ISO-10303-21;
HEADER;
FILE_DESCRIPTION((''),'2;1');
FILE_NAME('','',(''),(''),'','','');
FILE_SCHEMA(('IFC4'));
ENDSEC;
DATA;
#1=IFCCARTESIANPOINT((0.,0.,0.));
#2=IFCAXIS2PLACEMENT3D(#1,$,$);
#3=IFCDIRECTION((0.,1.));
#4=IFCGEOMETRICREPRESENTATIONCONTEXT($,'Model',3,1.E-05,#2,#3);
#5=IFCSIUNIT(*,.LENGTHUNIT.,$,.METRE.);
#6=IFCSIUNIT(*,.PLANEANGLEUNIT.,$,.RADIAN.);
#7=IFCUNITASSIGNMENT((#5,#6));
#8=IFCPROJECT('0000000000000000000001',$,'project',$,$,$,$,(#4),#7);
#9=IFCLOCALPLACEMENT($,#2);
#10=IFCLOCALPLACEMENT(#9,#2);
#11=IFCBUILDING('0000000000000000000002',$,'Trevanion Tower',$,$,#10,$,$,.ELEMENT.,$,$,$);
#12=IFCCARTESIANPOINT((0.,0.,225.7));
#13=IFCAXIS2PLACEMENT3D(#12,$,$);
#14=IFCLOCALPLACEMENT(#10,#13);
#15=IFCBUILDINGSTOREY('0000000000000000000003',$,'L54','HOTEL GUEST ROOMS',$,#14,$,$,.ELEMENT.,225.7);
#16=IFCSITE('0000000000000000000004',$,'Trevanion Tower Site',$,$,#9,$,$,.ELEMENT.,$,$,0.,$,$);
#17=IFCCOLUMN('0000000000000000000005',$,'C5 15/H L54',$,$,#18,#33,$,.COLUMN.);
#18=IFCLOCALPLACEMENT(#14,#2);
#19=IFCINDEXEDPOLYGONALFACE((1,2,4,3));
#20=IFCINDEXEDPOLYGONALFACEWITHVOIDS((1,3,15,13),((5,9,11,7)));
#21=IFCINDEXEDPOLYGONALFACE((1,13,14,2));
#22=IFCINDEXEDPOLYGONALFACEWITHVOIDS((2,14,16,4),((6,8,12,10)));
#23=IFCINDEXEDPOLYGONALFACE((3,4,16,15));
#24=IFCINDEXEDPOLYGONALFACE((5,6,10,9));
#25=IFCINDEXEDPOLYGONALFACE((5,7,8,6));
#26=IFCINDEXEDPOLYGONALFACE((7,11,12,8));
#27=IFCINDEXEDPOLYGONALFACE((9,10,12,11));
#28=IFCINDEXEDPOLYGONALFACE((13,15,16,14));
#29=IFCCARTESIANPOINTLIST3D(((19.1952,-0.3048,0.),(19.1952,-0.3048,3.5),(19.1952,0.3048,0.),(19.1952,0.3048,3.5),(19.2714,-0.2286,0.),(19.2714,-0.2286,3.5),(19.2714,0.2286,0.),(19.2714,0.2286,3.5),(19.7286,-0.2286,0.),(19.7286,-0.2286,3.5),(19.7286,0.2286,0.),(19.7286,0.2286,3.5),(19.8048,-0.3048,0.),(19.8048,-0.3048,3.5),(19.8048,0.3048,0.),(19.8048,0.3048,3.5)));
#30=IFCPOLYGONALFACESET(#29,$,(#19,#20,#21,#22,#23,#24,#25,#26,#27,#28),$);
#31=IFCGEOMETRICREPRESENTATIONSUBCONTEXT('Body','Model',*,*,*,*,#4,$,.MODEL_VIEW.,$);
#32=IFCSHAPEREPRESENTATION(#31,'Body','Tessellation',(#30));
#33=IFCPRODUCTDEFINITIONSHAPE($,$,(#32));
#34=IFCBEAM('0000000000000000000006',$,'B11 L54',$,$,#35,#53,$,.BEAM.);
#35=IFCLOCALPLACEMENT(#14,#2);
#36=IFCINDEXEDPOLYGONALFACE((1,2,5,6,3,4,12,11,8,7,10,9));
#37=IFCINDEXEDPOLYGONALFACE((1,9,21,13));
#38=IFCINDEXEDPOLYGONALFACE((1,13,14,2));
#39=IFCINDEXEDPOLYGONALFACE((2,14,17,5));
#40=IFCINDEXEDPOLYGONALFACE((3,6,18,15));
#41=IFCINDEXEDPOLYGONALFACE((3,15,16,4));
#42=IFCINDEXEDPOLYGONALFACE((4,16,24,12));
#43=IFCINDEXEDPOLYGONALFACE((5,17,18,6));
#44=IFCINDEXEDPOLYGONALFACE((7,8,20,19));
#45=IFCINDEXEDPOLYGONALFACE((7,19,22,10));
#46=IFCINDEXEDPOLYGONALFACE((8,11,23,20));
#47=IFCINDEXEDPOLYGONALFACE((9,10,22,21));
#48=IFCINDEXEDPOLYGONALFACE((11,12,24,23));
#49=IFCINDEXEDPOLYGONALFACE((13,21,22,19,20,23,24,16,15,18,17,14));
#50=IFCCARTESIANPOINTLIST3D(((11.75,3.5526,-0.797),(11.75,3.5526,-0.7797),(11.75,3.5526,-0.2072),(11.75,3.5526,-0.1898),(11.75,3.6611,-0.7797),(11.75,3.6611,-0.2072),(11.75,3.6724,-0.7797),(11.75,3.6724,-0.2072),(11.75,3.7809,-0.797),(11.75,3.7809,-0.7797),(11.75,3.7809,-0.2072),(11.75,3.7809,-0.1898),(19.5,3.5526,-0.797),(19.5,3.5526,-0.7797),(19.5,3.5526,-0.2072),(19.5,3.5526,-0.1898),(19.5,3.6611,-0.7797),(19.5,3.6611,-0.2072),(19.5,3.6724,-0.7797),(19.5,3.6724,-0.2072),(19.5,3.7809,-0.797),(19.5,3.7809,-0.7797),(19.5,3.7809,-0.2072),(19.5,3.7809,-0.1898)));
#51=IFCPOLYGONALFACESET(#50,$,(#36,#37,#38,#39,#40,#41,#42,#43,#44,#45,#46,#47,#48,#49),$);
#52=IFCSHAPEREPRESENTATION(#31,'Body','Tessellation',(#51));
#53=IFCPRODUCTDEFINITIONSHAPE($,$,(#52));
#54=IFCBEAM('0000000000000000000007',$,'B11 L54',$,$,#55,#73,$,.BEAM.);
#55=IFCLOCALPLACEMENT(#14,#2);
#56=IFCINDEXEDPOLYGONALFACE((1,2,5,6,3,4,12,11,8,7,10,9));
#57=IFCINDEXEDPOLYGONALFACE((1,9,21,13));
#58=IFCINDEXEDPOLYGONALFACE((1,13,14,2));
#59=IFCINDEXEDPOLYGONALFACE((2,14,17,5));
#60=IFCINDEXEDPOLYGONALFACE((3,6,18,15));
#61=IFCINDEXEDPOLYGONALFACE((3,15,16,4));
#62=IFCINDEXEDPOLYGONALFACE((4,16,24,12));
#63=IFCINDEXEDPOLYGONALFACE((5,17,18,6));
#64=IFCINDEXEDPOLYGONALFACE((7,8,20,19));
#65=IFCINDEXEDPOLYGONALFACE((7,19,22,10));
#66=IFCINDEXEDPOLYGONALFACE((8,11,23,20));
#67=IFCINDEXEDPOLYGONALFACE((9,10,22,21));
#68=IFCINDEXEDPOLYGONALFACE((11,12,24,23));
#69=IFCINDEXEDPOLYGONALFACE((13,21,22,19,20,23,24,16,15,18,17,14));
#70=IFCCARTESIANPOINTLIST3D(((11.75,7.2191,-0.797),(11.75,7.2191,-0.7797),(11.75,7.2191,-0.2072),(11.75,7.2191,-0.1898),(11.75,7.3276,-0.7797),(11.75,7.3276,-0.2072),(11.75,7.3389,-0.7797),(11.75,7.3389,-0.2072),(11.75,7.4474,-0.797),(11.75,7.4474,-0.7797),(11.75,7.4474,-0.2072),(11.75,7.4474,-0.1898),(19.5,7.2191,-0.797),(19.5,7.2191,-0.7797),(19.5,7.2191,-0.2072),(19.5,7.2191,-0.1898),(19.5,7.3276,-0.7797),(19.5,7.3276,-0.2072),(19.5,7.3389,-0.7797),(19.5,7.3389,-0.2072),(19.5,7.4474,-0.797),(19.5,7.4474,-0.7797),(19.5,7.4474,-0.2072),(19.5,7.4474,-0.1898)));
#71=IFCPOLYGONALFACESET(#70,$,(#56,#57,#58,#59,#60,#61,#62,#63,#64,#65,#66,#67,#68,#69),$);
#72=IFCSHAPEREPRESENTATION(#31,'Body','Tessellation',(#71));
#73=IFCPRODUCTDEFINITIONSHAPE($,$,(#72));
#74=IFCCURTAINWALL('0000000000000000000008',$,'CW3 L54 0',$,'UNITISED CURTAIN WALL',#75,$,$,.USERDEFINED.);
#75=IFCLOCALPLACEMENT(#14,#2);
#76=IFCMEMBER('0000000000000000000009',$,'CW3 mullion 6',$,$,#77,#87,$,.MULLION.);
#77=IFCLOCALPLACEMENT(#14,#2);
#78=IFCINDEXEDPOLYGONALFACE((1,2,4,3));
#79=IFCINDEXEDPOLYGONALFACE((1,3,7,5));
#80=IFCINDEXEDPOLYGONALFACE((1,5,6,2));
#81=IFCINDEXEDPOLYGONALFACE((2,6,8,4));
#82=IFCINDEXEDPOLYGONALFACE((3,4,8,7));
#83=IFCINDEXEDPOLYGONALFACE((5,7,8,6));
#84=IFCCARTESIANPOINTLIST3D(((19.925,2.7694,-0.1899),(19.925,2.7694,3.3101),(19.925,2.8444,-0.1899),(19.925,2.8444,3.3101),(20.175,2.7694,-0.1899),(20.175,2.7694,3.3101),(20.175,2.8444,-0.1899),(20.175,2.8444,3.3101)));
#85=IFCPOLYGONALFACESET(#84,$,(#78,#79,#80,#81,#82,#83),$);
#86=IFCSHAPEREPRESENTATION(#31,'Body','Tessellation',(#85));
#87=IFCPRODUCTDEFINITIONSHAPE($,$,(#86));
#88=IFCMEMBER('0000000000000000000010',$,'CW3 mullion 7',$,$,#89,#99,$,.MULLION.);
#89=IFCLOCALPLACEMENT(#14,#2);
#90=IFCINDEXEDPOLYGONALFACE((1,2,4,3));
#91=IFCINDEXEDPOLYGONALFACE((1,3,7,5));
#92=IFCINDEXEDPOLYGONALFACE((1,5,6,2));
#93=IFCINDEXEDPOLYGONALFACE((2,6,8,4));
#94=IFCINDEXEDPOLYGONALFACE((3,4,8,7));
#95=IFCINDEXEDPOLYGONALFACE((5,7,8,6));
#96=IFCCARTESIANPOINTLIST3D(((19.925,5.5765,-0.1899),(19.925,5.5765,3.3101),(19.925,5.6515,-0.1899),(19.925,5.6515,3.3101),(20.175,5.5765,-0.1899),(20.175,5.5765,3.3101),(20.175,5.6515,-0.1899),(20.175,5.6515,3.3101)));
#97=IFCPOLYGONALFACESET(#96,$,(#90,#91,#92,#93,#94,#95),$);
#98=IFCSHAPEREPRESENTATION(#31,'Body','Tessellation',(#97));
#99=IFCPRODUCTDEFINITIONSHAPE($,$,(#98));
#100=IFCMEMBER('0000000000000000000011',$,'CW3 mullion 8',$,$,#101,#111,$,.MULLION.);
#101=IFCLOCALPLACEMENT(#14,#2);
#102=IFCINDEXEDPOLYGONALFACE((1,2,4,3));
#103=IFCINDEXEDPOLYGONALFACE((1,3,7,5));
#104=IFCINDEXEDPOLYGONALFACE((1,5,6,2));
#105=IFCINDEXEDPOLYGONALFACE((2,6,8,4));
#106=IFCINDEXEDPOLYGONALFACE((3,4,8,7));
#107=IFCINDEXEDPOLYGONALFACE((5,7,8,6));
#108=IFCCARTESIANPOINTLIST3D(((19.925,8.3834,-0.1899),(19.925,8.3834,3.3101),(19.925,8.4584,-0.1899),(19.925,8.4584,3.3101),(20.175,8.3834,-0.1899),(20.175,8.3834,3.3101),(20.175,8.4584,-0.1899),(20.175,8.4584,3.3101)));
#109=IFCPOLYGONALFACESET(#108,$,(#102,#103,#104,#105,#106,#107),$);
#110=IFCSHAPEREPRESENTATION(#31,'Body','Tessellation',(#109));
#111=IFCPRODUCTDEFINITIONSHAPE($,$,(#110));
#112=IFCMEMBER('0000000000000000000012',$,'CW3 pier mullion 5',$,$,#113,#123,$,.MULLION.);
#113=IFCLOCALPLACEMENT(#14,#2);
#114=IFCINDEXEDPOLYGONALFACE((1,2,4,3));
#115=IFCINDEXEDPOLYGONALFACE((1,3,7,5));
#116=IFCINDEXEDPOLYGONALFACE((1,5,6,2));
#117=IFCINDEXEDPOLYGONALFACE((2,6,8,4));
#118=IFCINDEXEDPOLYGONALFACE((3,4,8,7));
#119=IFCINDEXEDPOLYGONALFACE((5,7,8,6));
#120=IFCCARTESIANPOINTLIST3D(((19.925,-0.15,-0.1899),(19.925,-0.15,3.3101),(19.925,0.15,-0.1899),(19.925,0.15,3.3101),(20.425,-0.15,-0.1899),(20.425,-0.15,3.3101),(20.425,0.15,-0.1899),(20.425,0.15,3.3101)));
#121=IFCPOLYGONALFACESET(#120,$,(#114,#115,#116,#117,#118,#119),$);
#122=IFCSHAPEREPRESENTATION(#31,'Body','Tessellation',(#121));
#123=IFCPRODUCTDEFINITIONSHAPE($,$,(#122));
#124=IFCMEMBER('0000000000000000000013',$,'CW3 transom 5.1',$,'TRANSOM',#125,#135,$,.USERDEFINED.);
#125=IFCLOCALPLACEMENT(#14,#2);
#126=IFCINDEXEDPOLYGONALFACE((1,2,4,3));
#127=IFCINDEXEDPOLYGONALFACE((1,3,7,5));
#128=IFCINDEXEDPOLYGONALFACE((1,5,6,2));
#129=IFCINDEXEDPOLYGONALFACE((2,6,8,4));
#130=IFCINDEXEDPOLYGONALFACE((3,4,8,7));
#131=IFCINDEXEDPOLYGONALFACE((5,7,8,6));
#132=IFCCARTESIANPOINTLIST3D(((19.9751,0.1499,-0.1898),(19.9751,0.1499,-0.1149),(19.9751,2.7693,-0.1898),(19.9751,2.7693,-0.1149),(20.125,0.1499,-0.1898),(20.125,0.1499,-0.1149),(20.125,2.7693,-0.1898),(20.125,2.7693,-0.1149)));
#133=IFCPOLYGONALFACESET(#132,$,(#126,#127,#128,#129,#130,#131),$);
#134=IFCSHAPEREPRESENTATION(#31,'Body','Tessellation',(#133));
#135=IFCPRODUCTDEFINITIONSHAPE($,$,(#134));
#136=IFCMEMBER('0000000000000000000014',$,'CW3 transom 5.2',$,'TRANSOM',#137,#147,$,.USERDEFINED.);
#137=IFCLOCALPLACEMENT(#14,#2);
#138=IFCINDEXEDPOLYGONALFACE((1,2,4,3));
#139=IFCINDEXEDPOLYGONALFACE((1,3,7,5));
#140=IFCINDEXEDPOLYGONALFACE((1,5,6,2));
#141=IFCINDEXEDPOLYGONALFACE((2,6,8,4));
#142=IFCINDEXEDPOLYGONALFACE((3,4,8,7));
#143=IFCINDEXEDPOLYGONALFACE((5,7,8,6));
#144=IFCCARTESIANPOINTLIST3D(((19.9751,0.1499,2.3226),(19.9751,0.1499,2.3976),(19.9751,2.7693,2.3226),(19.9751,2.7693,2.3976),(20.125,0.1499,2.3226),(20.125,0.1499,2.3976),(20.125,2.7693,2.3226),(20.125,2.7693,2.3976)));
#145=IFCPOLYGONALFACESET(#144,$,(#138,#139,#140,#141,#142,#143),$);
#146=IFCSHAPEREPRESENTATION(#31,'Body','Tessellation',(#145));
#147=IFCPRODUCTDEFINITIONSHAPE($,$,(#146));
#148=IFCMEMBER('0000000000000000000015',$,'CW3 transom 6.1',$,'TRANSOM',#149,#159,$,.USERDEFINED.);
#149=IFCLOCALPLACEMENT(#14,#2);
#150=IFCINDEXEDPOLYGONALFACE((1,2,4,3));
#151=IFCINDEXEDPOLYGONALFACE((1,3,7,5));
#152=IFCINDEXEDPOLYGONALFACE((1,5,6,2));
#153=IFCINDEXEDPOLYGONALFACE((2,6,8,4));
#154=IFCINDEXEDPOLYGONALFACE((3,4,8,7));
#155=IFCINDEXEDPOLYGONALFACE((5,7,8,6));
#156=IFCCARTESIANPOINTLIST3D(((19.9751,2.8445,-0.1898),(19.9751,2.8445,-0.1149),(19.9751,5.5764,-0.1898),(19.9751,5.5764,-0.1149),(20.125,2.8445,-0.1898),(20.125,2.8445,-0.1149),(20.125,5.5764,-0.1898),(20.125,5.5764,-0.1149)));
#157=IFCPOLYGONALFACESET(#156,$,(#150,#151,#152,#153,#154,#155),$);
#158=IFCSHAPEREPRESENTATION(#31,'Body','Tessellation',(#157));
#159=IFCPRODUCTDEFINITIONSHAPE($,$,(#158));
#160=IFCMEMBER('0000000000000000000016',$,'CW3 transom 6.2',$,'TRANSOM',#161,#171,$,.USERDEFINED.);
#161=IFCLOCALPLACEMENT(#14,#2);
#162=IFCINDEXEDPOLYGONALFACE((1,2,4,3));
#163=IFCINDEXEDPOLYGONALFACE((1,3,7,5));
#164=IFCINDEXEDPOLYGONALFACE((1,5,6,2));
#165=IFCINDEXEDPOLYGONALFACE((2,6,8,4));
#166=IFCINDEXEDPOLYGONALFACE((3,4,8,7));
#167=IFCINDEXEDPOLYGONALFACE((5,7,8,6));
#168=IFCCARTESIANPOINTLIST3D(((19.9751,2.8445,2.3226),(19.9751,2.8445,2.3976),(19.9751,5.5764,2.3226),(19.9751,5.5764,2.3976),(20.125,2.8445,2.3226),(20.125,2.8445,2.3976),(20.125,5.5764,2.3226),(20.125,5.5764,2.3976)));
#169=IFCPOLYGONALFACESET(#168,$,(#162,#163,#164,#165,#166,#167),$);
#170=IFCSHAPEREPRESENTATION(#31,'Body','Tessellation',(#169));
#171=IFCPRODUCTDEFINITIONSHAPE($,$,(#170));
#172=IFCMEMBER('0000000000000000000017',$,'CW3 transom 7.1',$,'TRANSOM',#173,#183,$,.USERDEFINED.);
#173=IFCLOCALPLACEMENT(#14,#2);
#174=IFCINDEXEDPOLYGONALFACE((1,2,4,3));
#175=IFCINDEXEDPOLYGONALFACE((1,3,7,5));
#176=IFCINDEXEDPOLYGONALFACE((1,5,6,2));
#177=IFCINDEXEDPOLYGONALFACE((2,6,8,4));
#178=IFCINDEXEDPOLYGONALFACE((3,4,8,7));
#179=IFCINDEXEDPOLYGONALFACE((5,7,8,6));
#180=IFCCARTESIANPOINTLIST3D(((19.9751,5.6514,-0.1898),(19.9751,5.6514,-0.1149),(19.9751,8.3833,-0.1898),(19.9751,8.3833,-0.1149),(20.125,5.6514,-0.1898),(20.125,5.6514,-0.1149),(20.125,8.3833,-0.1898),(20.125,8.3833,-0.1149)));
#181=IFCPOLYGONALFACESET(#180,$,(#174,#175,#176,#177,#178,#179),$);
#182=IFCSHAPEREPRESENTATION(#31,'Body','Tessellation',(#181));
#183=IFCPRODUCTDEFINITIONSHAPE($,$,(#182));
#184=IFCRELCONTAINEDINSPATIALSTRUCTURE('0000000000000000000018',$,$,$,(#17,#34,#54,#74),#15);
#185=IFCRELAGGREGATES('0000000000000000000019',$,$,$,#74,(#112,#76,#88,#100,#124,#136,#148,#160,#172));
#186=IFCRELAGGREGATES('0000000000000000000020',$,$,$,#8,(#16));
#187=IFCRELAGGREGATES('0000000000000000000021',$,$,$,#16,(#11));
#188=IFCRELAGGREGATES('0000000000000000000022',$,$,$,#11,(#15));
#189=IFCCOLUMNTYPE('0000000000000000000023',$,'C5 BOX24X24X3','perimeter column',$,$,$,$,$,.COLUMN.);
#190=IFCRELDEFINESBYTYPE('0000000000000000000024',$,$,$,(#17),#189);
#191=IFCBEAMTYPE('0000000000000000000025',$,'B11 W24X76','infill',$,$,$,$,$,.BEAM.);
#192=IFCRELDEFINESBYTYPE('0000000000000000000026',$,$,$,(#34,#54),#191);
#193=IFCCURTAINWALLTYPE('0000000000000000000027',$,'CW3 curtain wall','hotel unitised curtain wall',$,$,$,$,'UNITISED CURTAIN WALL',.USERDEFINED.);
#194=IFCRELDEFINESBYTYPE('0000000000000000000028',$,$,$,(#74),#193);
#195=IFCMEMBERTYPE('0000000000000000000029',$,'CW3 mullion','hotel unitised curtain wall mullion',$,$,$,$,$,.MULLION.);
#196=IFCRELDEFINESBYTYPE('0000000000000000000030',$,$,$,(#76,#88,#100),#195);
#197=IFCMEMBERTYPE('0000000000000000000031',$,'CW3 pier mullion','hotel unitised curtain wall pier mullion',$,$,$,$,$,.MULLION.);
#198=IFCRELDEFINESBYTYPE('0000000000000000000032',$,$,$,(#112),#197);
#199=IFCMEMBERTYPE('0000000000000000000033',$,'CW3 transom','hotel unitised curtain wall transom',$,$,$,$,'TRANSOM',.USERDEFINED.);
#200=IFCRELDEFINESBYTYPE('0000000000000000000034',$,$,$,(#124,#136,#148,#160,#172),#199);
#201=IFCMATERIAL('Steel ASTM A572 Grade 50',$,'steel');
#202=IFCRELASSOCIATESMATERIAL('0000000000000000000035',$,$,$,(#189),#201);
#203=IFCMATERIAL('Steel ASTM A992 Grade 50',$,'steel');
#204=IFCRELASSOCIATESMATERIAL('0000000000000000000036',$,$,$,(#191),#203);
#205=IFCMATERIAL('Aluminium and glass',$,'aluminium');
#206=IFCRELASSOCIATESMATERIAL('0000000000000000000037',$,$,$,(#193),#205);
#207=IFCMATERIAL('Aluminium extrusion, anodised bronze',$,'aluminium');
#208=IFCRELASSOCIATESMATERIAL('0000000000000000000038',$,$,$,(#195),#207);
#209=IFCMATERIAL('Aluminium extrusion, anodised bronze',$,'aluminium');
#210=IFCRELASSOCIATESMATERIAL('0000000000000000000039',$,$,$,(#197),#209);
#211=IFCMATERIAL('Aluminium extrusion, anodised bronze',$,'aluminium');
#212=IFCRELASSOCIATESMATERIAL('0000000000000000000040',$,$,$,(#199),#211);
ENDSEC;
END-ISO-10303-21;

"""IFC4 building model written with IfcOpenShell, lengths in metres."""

from ifc_helpers import new_model, si_unit, direction, frame, origin, origin_2d, place, context, subcontext, project, spatial, rectangle, hollow_rectangle, i_section, extrude, material, material_profile, profile_set, type_object, element, aggregate, save


model = new_model("IFC4")

# Units and contexts
model_context = context("Model", 3, precision=1e-05, world=origin(), true_north=direction((0.0, 1.0)))
body_context = subcontext(model_context, "Body", "Model", "MODEL_VIEW")
ifc_project = project(units=[si_unit("LENGTHUNIT", "METRE"), si_unit("PLANEANGLEUNIT", "RADIAN")], contexts=[model_context])

# Site, building, storey
site_placement = place(None, origin())
site = spatial("IfcSite", under=ifc_project, at=site_placement, Name="Trevanion Tower Site", CompositionType="ELEMENT", RefElevation=0.0)
building_placement = place(site_placement, origin())
building = spatial("IfcBuilding", under=site, at=building_placement, Name="Trevanion Tower", CompositionType="ELEMENT")
storey_placement = place(building_placement, frame((0.0, 0.0, 225.7)))
storey = spatial("IfcBuildingStorey", under=building, at=storey_placement, Name="L54", Description="HOTEL GUEST ROOMS", CompositionType="ELEMENT", Elevation=225.7)

# Column
ifc_material_1 = material(Name="Steel ASTM A572 Grade 50", Category="steel")
ifc_material_profile_1 = material_profile(ifc_material_1, hollow_rectangle(XDim=0.6096, YDim=0.6096, WallThickness=0.0762, at=origin_2d()), Name="BOX24X24X3")
ifc_profile_set_1 = profile_set([ifc_material_profile_1], Name="Steel ASTM A572 Grade 50")
column_type = type_object("IfcColumnType", Name="C5 BOX24X24X3", Description="perimeter column", PredefinedType="COLUMN", material=ifc_profile_set_1)
column_placement = place(storey_placement, frame((19.5, 0.0, 0.0), z_axis=(0.0, 0.0, 1.0), x_axis=(0.0, 1.0, 0.0)))
element("IfcColumn", 1, at=column_placement, inside=storey, type_object=column_type, Name="C5 15/H L54", PredefinedType="COLUMN", context=body_context, shape_type="SweptSolid", body=[
    extrude(hollow_rectangle(XDim=0.6096, YDim=0.6096, WallThickness=0.0762, at=origin_2d()), origin(), (0.0, 0.0, 1.0), 3.5),
])

# Beams
ifc_material_2 = material(Name="Steel ASTM A992 Grade 50", Category="steel")
ifc_material_profile_2 = material_profile(ifc_material_2, i_section(OverallWidth=0.2283, OverallDepth=0.6072, WebThickness=0.0112, FlangeThickness=0.0173, at=origin_2d()), Name="W24X76")
ifc_profile_set_2 = profile_set([ifc_material_profile_2], Name="Steel ASTM A992 Grade 50")
beam_type_1 = type_object("IfcBeamType", Name="B11 W24X76", Description="infill", PredefinedType="BEAM", material=ifc_profile_set_2)
for number, where, z_axis, x_axis, name in (
    (2, (11.75, 3.6667, -0.4934), (1.0, 0.0, 0.0), (0.0, 1.0, 0.0), "B11 L54"),
    (3, (11.75, 7.3333, -0.4934), (1.0, 0.0, 0.0), (0.0, 1.0, 0.0), "B11 L54"),
):
    element("IfcBeam", number, at=place(storey_placement, frame(where, z_axis=z_axis, x_axis=x_axis)), inside=storey, type_object=beam_type_1, Name=name, PredefinedType="BEAM", context=body_context, shape_type="SweptSolid", body=[
        extrude(i_section(OverallWidth=0.2283, OverallDepth=0.6072, WebThickness=0.0112, FlangeThickness=0.0173, at=origin_2d()), origin(), (0.0, 0.0, 1.0), 7.75),
    ])

# Curtain wall, members
ifc_material_3 = material(Name="Aluminium and glass", Category="aluminium")
curtain_wall_type = type_object("IfcCurtainWallType", Name="CW3 curtain wall", Description="hotel unitised curtain wall", ElementType="UNITISED CURTAIN WALL", PredefinedType="USERDEFINED", material=ifc_material_3)
curtain_wall_placement = place(storey_placement, origin())
curtain_wall = element("IfcCurtainWall", 4, at=curtain_wall_placement, inside=storey, type_object=curtain_wall_type, Name="CW3 L54 0", ObjectType="UNITISED CURTAIN WALL", PredefinedType="USERDEFINED")
ifc_material_4 = material(Name="Aluminium extrusion, anodised bronze", Category="aluminium")
ifc_material_profile_3 = material_profile(ifc_material_4, rectangle(XDim=0.075, YDim=0.25, at=origin_2d()), Name="CW3 mullion")
ifc_profile_set_3 = profile_set([ifc_material_profile_3], Name="Aluminium extrusion, anodised bronze")
member_type_1 = type_object("IfcMemberType", Name="CW3 mullion", Description="hotel unitised curtain wall mullion", PredefinedType="MULLION", material=ifc_profile_set_3)
member_1_placement = place(storey_placement, frame((20.05, 2.8069, -0.1899), z_axis=(0.0, 0.0, 1.0), x_axis=(0.0, 1.0, 0.0)))
member_1 = element("IfcMember", 5, at=member_1_placement, type_object=member_type_1, Name="CW3 mullion 6", PredefinedType="MULLION", context=body_context, shape_type="SweptSolid", body=[
    extrude(rectangle(XDim=0.075, YDim=0.25, at=origin_2d()), origin(), (0.0, 0.0, 1.0), 3.5),
])
member_2_placement = place(storey_placement, frame((20.05, 5.614, -0.1899), z_axis=(0.0, 0.0, 1.0), x_axis=(0.0, 1.0, 0.0)))
member_2 = element("IfcMember", 6, at=member_2_placement, type_object=member_type_1, Name="CW3 mullion 7", PredefinedType="MULLION", context=body_context, shape_type="SweptSolid", body=[
    extrude(rectangle(XDim=0.075, YDim=0.25, at=origin_2d()), origin(), (0.0, 0.0, 1.0), 3.5),
])
member_3_placement = place(storey_placement, frame((20.05, 8.4209, -0.1899), z_axis=(0.0, 0.0, 1.0), x_axis=(0.0, 1.0, 0.0)))
member_3 = element("IfcMember", 7, at=member_3_placement, type_object=member_type_1, Name="CW3 mullion 8", PredefinedType="MULLION", context=body_context, shape_type="SweptSolid", body=[
    extrude(rectangle(XDim=0.075, YDim=0.25, at=origin_2d()), origin(), (0.0, 0.0, 1.0), 3.5),
])
ifc_material_5 = material(Name="Aluminium extrusion, anodised bronze", Category="aluminium")
ifc_material_profile_4 = material_profile(ifc_material_5, rectangle(XDim=0.3, YDim=0.5, at=origin_2d()), Name="CW3 pier mullion")
ifc_profile_set_4 = profile_set([ifc_material_profile_4], Name="Aluminium extrusion, anodised bronze")
member_type_2 = type_object("IfcMemberType", Name="CW3 pier mullion", Description="hotel unitised curtain wall pier mullion", PredefinedType="MULLION", material=ifc_profile_set_4)
member_4_placement = place(storey_placement, frame((20.175, 0.0, -0.1899), z_axis=(0.0, 0.0, 1.0), x_axis=(0.0, 1.0, 0.0)))
member_4 = element("IfcMember", 8, at=member_4_placement, type_object=member_type_2, Name="CW3 pier mullion 5", PredefinedType="MULLION", context=body_context, shape_type="SweptSolid", body=[
    extrude(rectangle(XDim=0.3, YDim=0.5, at=origin_2d()), origin(), (0.0, 0.0, 1.0), 3.5),
])
ifc_material_6 = material(Name="Aluminium extrusion, anodised bronze", Category="aluminium")
ifc_material_profile_5 = material_profile(ifc_material_6, rectangle(XDim=0.1499, YDim=0.075, at=origin_2d()), Name="CW3 transom")
ifc_profile_set_5 = profile_set([ifc_material_profile_5], Name="Aluminium extrusion, anodised bronze")
member_type_3 = type_object("IfcMemberType", Name="CW3 transom", Description="hotel unitised curtain wall transom", ElementType="TRANSOM", PredefinedType="USERDEFINED", material=ifc_profile_set_5)
member_5_placement = place(storey_placement, frame((20.05, 0.1499, -0.1523), z_axis=(0.0, 1.0, 0.0), x_axis=(-1.0, 0.0, 0.0)))
member_5 = element("IfcMember", 9, at=member_5_placement, type_object=member_type_3, Name="CW3 transom 5.1", ObjectType="TRANSOM", PredefinedType="USERDEFINED", context=body_context, shape_type="SweptSolid", body=[
    extrude(rectangle(XDim=0.1499, YDim=0.075, at=origin_2d()), origin(), (0.0, 0.0, 1.0), 2.6194),
])
member_6_placement = place(storey_placement, frame((20.05, 0.1499, 2.3601), z_axis=(0.0, 1.0, 0.0), x_axis=(-1.0, 0.0, 0.0)))
member_6 = element("IfcMember", 10, at=member_6_placement, type_object=member_type_3, Name="CW3 transom 5.2", ObjectType="TRANSOM", PredefinedType="USERDEFINED", context=body_context, shape_type="SweptSolid", body=[
    extrude(rectangle(XDim=0.1499, YDim=0.075, at=origin_2d()), origin(), (0.0, 0.0, 1.0), 2.6194),
])
member_7_placement = place(storey_placement, frame((20.05, 2.8445, -0.1523), z_axis=(0.0, 1.0, 0.0), x_axis=(-1.0, 0.0, 0.0)))
member_7 = element("IfcMember", 11, at=member_7_placement, type_object=member_type_3, Name="CW3 transom 6.1", ObjectType="TRANSOM", PredefinedType="USERDEFINED", context=body_context, shape_type="SweptSolid", body=[
    extrude(rectangle(XDim=0.1499, YDim=0.075, at=origin_2d()), origin(), (0.0, 0.0, 1.0), 2.7319),
])
member_8_placement = place(storey_placement, frame((20.05, 2.8445, 2.3601), z_axis=(0.0, 1.0, 0.0), x_axis=(-1.0, 0.0, 0.0)))
member_8 = element("IfcMember", 12, at=member_8_placement, type_object=member_type_3, Name="CW3 transom 6.2", ObjectType="TRANSOM", PredefinedType="USERDEFINED", context=body_context, shape_type="SweptSolid", body=[
    extrude(rectangle(XDim=0.1499, YDim=0.075, at=origin_2d()), origin(), (0.0, 0.0, 1.0), 2.7319),
])
member_9_placement = place(storey_placement, frame((20.05, 5.6514, -0.1523), z_axis=(0.0, 1.0, 0.0), x_axis=(-1.0, 0.0, 0.0)))
member_9 = element("IfcMember", 13, at=member_9_placement, type_object=member_type_3, Name="CW3 transom 7.1", ObjectType="TRANSOM", PredefinedType="USERDEFINED", context=body_context, shape_type="SweptSolid", body=[
    extrude(rectangle(XDim=0.1499, YDim=0.075, at=origin_2d()), origin(), (0.0, 0.0, 1.0), 2.7319),
])

aggregate(curtain_wall, [member_4, member_1, member_2, member_3, member_5, member_6, member_7, member_8, member_9])

save(model, "model.ifc")
